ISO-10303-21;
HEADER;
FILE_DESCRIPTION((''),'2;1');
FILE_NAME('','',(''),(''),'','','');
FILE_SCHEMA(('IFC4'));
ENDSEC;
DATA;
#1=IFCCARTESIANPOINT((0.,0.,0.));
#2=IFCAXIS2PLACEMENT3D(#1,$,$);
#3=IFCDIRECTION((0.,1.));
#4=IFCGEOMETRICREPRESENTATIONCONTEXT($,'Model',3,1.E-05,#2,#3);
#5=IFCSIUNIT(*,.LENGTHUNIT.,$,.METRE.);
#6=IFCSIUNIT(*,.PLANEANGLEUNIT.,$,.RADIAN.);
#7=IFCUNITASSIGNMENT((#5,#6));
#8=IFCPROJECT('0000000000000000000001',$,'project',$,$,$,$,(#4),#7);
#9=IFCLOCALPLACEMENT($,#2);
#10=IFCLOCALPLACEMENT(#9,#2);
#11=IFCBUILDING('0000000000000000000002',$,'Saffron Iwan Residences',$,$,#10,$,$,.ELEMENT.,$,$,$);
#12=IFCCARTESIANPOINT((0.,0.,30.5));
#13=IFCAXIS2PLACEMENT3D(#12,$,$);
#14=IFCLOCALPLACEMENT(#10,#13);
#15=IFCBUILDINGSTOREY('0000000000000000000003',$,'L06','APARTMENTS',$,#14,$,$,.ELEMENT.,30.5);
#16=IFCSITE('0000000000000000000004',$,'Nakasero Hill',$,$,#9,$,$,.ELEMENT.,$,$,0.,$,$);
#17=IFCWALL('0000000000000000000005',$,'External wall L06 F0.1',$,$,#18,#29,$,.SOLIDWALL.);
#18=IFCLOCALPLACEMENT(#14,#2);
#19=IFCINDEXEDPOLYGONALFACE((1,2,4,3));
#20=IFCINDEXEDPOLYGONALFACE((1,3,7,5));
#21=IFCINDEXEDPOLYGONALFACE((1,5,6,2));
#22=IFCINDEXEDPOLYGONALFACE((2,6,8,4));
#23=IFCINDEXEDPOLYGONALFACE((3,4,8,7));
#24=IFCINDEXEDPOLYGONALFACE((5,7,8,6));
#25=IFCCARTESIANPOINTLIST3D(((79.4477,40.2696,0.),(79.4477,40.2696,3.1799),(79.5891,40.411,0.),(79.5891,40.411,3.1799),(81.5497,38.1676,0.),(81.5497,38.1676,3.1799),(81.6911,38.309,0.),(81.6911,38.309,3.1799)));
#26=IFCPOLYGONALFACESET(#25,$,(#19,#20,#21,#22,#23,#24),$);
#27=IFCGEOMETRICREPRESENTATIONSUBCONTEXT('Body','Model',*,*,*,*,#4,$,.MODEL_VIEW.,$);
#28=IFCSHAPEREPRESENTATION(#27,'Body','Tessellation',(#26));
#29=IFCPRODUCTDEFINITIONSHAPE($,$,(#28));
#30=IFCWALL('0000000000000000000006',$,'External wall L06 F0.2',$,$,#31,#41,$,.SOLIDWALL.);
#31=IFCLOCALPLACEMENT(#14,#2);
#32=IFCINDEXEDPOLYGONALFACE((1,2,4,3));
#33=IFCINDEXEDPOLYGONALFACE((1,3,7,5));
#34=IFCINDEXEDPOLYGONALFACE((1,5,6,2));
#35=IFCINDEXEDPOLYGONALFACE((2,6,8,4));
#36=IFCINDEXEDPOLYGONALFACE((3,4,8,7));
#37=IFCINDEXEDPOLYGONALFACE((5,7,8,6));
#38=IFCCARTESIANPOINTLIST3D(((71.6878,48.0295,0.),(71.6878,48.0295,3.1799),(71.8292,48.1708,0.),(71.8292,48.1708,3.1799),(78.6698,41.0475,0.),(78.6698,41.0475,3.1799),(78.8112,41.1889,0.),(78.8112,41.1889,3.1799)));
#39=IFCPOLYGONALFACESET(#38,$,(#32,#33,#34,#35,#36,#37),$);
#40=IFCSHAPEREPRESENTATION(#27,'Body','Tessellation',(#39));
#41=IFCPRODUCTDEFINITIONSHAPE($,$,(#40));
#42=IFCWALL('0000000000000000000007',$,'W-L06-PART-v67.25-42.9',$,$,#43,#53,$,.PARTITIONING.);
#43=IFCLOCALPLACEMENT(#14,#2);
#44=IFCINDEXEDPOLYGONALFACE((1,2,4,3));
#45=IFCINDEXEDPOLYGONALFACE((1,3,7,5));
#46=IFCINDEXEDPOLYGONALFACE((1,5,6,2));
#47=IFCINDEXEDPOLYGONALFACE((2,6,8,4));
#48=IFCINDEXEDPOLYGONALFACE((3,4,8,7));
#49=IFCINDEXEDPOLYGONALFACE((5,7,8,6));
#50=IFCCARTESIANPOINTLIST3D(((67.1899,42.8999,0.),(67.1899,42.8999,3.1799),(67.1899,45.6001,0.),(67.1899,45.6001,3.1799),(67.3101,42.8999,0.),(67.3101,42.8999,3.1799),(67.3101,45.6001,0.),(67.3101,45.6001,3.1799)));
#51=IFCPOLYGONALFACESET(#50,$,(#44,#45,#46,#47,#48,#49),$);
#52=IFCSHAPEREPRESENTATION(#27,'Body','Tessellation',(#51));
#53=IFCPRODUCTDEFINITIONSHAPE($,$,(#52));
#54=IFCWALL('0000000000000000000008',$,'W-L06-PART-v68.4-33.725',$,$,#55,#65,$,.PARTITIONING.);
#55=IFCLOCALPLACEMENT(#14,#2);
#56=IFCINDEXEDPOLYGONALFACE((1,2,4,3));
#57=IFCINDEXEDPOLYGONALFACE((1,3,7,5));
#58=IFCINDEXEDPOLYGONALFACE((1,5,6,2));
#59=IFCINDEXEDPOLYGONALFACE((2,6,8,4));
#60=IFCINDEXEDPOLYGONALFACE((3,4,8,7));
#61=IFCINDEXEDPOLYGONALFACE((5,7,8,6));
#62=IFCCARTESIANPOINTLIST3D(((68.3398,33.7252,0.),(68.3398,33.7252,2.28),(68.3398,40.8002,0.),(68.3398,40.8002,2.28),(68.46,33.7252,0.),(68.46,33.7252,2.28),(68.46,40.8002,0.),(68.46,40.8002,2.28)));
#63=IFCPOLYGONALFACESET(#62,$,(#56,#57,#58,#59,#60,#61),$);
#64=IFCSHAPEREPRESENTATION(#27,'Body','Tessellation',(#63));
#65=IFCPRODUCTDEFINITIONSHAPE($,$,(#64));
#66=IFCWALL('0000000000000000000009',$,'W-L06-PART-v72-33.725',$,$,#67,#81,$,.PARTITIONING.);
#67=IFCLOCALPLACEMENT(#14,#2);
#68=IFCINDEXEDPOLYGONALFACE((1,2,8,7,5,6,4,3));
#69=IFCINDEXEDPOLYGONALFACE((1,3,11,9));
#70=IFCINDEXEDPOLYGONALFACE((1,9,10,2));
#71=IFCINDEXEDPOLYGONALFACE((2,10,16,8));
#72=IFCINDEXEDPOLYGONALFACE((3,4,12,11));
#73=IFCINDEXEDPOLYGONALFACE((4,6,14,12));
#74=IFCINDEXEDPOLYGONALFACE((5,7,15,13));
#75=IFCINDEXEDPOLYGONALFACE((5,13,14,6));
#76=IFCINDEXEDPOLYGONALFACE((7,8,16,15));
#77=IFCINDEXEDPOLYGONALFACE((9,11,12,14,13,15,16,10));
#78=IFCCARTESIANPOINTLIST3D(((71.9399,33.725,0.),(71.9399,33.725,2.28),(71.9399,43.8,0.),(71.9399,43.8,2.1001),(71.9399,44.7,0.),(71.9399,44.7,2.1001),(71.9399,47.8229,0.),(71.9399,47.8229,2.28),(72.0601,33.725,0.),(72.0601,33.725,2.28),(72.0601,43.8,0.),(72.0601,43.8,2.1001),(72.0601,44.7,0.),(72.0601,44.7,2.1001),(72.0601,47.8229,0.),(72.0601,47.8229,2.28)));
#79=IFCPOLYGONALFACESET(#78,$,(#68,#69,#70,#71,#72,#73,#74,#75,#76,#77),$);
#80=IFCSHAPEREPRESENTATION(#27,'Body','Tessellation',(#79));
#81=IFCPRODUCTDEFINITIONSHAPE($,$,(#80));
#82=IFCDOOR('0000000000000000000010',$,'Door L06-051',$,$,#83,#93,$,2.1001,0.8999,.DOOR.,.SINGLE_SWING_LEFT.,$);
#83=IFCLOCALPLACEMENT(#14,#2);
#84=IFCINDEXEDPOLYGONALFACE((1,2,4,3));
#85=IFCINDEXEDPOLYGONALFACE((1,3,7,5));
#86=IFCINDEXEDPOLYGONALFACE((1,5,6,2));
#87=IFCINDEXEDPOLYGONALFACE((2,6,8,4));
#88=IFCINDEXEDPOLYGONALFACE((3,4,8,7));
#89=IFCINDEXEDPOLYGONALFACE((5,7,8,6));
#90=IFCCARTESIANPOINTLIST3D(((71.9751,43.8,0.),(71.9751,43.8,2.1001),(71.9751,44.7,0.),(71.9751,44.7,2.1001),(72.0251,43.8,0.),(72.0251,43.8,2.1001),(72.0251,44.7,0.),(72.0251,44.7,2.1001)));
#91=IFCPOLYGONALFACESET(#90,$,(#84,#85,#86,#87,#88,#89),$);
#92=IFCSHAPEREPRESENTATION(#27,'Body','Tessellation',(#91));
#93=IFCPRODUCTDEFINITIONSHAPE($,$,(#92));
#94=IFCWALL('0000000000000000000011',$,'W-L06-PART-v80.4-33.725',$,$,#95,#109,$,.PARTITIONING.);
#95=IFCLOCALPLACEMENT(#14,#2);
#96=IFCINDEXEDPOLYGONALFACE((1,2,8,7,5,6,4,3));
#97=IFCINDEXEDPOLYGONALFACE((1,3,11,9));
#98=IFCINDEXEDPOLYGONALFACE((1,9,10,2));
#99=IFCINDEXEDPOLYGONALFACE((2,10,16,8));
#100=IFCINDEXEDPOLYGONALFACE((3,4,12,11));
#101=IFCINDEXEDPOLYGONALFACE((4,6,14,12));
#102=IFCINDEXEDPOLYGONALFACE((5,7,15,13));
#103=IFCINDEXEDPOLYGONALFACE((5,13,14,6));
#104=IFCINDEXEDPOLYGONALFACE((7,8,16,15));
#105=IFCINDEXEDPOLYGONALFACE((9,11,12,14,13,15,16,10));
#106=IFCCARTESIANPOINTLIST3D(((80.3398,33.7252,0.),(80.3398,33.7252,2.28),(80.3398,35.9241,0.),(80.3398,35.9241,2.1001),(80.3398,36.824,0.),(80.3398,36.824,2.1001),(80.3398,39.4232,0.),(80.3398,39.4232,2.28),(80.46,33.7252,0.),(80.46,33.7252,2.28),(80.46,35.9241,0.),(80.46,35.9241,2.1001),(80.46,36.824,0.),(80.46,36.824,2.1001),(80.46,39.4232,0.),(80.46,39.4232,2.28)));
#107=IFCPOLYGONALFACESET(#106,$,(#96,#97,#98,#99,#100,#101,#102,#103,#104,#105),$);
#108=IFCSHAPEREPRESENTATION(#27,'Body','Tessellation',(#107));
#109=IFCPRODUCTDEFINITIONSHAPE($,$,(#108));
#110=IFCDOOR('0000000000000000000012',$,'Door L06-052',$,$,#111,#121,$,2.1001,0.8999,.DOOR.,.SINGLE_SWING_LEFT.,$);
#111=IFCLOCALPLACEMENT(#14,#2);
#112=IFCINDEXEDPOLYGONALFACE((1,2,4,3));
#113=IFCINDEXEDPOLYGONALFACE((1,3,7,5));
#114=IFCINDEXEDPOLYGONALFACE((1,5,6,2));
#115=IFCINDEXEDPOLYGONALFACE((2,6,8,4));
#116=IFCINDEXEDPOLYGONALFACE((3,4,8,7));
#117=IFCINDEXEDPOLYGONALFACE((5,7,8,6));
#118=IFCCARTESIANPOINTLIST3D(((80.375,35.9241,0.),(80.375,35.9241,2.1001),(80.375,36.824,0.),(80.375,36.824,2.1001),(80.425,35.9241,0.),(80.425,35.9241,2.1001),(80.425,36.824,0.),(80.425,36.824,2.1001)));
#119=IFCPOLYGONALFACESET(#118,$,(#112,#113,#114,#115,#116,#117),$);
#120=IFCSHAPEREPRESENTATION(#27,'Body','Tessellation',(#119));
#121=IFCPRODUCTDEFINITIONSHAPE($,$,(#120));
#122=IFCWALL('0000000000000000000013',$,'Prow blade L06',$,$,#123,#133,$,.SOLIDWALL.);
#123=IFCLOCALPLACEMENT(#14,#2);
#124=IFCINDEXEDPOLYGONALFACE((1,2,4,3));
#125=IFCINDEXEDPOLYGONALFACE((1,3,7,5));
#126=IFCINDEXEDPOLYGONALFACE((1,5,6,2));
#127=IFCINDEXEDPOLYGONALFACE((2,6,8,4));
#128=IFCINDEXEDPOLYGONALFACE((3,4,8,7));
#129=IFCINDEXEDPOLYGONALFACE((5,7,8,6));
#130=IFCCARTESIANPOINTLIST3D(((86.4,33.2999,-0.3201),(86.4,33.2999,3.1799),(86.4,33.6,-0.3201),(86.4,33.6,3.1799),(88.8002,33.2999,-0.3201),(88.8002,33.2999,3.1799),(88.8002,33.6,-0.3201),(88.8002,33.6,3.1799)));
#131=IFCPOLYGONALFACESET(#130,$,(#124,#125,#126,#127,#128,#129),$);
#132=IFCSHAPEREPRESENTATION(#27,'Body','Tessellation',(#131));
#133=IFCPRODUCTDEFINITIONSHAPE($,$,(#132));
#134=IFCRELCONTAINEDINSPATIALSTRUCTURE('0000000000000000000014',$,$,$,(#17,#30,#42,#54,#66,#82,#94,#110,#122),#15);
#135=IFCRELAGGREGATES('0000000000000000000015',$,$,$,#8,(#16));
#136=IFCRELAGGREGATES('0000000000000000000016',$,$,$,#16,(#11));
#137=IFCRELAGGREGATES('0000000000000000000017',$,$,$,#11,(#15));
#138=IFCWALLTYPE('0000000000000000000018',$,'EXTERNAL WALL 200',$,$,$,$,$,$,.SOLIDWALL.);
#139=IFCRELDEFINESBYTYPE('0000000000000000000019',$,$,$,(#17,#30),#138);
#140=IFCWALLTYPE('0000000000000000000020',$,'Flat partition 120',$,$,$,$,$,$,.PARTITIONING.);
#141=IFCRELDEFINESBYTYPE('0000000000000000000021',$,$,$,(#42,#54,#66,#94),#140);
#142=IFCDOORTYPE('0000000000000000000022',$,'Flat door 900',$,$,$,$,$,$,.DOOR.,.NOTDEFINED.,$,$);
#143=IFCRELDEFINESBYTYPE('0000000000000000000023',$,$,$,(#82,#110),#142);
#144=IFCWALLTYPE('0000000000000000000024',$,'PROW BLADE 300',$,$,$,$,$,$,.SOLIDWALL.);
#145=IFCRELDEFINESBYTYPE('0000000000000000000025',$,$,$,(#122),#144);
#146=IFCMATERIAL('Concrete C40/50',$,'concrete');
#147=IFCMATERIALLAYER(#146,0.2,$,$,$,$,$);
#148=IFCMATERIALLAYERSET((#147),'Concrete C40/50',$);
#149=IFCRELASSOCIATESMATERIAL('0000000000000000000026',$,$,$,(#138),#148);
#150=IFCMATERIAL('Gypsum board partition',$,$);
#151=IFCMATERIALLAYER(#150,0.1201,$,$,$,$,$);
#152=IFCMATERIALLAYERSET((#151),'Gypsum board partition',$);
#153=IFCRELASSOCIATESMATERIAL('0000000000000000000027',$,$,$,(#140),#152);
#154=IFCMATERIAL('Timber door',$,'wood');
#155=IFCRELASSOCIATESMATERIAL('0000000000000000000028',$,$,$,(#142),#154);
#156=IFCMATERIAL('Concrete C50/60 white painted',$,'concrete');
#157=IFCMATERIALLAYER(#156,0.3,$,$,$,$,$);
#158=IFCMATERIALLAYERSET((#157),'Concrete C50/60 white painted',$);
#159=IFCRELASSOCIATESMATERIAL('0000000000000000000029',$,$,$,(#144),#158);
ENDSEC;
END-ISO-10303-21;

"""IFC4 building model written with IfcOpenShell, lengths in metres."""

from ifc_helpers import new_model, si_unit, direction, frame, frame_2d, origin, place, context, subcontext, project, spatial, rectangle, extrude, material, layer, layer_set, type_object, element, fill, save


model = new_model("IFC4")

# Units and contexts
model_context = context("Model", 3, precision=1e-05, world=origin(), true_north=direction((0.0, 1.0)))
body_context = subcontext(model_context, "Body", "Model", "MODEL_VIEW")
ifc_project = project(units=[si_unit("LENGTHUNIT", "METRE"), si_unit("PLANEANGLEUNIT", "RADIAN")], contexts=[model_context])

# Site, building, storey
site_placement = place(None, origin())
site = spatial("IfcSite", under=ifc_project, at=site_placement, Name="Nakasero Hill", CompositionType="ELEMENT", RefElevation=0.0)
building_placement = place(site_placement, origin())
building = spatial("IfcBuilding", under=site, at=building_placement, Name="Saffron Iwan Residences", CompositionType="ELEMENT")
storey_placement = place(building_placement, frame((0.0, 0.0, 30.5)))
storey = spatial("IfcBuildingStorey", under=building, at=storey_placement, Name="L06", Description="APARTMENTS", CompositionType="ELEMENT", Elevation=30.5)

# Shared definitions
ifc_material_1 = material(Name="Concrete C50/60 white painted", Category="concrete")

# Walls
ifc_material_2 = material(Name="Concrete C40/50", Category="concrete")
ifc_layer_1 = layer(ifc_material_2, 0.2)
ifc_layer_set_1 = layer_set([ifc_layer_1], Name="Concrete C40/50")
wall_type_1 = type_object("IfcWallType", Name="EXTERNAL WALL 200", PredefinedType="SOLIDWALL", material=ifc_layer_set_1)
wall_1_placement = place(storey_placement, frame((81.6204, 38.2383, 0.0), z_axis=(0.0, 0.0, 1.0), x_axis=(-0.707107, 0.707107, 0.0)))
element("IfcWall", 1, at=wall_1_placement, inside=storey, type_object=wall_type_1, Name="External wall L06 F0.1", PredefinedType="SOLIDWALL", context=body_context, shape_type="SweptSolid", body=[
    extrude(rectangle(XDim=2.9727, YDim=0.2, at=frame_2d((1.4863, 0.0))), origin(), (0.0, 0.0, 1.0), 3.1799),
])
wall_2_placement = place(storey_placement, frame((78.7405, 41.1182, 0.0), z_axis=(0.0, 0.0, 1.0), x_axis=(-0.707107, 0.707107, 0.0)))
element("IfcWall", 2, at=wall_2_placement, inside=storey, type_object=wall_type_1, Name="External wall L06 F0.2", PredefinedType="SOLIDWALL", context=body_context, shape_type="SweptSolid", body=[
    extrude(rectangle(XDim=9.874, YDim=0.2, at=frame_2d((4.937, 0.0))), origin(), (0.0, 0.0, 1.0), 3.1799),
])

# Walls
ifc_material_3 = material(Name="Gypsum board partition")
ifc_layer_2 = layer(ifc_material_3, 0.1201)
ifc_layer_set_2 = layer_set([ifc_layer_2], Name="Gypsum board partition")
wall_type_2 = type_object("IfcWallType", Name="Flat partition 120", PredefinedType="PARTITIONING", material=ifc_layer_set_2)
wall_3_placement = place(storey_placement, frame((67.25, 42.8999, 0.0), z_axis=(0.0, 0.0, 1.0), x_axis=(0.0, 1.0, 0.0)))
element("IfcWall", 3, at=wall_3_placement, inside=storey, type_object=wall_type_2, Name="W-L06-PART-v67.25-42.9", PredefinedType="PARTITIONING", context=body_context, shape_type="SweptSolid", body=[
    extrude(rectangle(XDim=2.7002, YDim=0.1201, at=frame_2d((1.3501, 0.0))), origin(), (0.0, 0.0, 1.0), 3.1799),
])
wall_4_placement = place(storey_placement, frame((68.3999, 33.7251, 0.0), z_axis=(0.0, 0.0, 1.0), x_axis=(0.0, 1.0, 0.0)))
element("IfcWall", 4, at=wall_4_placement, inside=storey, type_object=wall_type_2, Name="W-L06-PART-v68.4-33.725", PredefinedType="PARTITIONING", context=body_context, shape_type="SweptSolid", body=[
    extrude(rectangle(XDim=7.075, YDim=0.1201, at=frame_2d((3.5376, 0.0))), origin(), (0.0, 0.0, 1.0), 2.28),
])

# Walls, openings, doors
wall_5_placement = place(storey_placement, frame((72.0, 33.7251, 0.0), z_axis=(0.0, 0.0, 1.0), x_axis=(0.0, 1.0, 0.0)))
wall_5 = element("IfcWall", 5, at=wall_5_placement, inside=storey, type_object=wall_type_2, Name="W-L06-PART-v72-33.725", PredefinedType="PARTITIONING", context=body_context, shape_type="SweptSolid", body=[
    extrude(rectangle(XDim=14.0979, YDim=0.1201, at=frame_2d((7.0488, 0.0))), origin(), (0.0, 0.0, 1.0), 2.28),
])
opening_1_placement = place(wall_5_placement, frame((10.075, 0.0, 0.0)))
opening_1 = element("IfcOpeningElement", 6, at=opening_1_placement, cuts=wall_5, PredefinedType="OPENING", context=body_context, shape_type="SweptSolid", body=[
    extrude(rectangle(XDim=0.8999, YDim=2.1001, at=frame_2d((0.45, 1.05))), frame((0.0, 0.0701, 0.0), z_axis=(0.0, -1.0, 0.0), x_axis=(1.0, 0.0, 0.0)), (0.0, 0.0, 1.0), 0.1401),
])
ifc_material_4 = material(Name="Timber door", Category="wood")
door_type_1 = type_object("IfcDoorType", Name="Flat door 900", OperationType="NOTDEFINED", PredefinedType="DOOR", material=ifc_material_4)
door_1_placement = place(opening_1_placement, origin())
door_1 = element("IfcDoor", 7, at=door_1_placement, inside=storey, type_object=door_type_1, Name="Door L06-051", OperationType="SINGLE_SWING_LEFT", OverallHeight=2.1001, OverallWidth=0.8999, PredefinedType="DOOR", context=body_context, shape_type="SweptSolid", body=[
    extrude(rectangle(XDim=0.8999, YDim=2.1001, at=frame_2d((0.45, 1.05))), frame((0.0, 0.0249, 0.0), z_axis=(0.0, -1.0, 0.0), x_axis=(1.0, 0.0, 0.0)), (0.0, 0.0, 1.0), 0.05),
])
fill(opening_1, door_1)
wall_6_placement = place(storey_placement, frame((80.3999, 33.7251, 0.0), z_axis=(0.0, 0.0, 1.0), x_axis=(0.0, 1.0, 0.0)))
wall_6 = element("IfcWall", 8, at=wall_6_placement, inside=storey, type_object=wall_type_2, Name="W-L06-PART-v80.4-33.725", PredefinedType="PARTITIONING", context=body_context, shape_type="SweptSolid", body=[
    extrude(rectangle(XDim=5.698, YDim=0.1201, at=frame_2d((2.8491, 0.0))), origin(), (0.0, 0.0, 1.0), 2.28),
])
opening_2_placement = place(wall_6_placement, frame((2.199, 0.0, 0.0)))
opening_2 = element("IfcOpeningElement", 9, at=opening_2_placement, cuts=wall_6, PredefinedType="OPENING", context=body_context, shape_type="SweptSolid", body=[
    extrude(rectangle(XDim=0.8999, YDim=2.1001, at=frame_2d((0.45, 1.05))), frame((0.0, 0.0701, 0.0), z_axis=(0.0, -1.0, 0.0), x_axis=(1.0, 0.0, 0.0)), (0.0, 0.0, 1.0), 0.1401),
])
door_2_placement = place(opening_2_placement, origin())
door_2 = element("IfcDoor", 10, at=door_2_placement, inside=storey, type_object=door_type_1, Name="Door L06-052", OperationType="SINGLE_SWING_LEFT", OverallHeight=2.1001, OverallWidth=0.8999, PredefinedType="DOOR", context=body_context, shape_type="SweptSolid", body=[
    extrude(rectangle(XDim=0.8999, YDim=2.1001, at=frame_2d((0.45, 1.05))), frame((0.0, 0.0249, 0.0), z_axis=(0.0, -1.0, 0.0), x_axis=(1.0, 0.0, 0.0)), (0.0, 0.0, 1.0), 0.05),
])
fill(opening_2, door_2)

# Wall
ifc_layer_3 = layer(ifc_material_1, 0.3)
ifc_layer_set_3 = layer_set([ifc_layer_3], Name="Concrete C50/60 white painted")
wall_type_3 = type_object("IfcWallType", Name="PROW BLADE 300", PredefinedType="SOLIDWALL", material=ifc_layer_set_3)
wall_7_placement = place(storey_placement, frame((86.3999, 33.45, -0.3201), z_axis=(0.0, 0.0, 1.0), x_axis=(1.0, 0.0, 0.0)))
element("IfcWall", 11, at=wall_7_placement, inside=storey, type_object=wall_type_3, Name="Prow blade L06", PredefinedType="SOLIDWALL", context=body_context, shape_type="SweptSolid", body=[
    extrude(rectangle(XDim=2.4001, YDim=0.3, at=frame_2d((1.2002, 0.0))), origin(), (0.0, 0.0, 1.0), 3.5),
])

save(model, "model.ifc")
